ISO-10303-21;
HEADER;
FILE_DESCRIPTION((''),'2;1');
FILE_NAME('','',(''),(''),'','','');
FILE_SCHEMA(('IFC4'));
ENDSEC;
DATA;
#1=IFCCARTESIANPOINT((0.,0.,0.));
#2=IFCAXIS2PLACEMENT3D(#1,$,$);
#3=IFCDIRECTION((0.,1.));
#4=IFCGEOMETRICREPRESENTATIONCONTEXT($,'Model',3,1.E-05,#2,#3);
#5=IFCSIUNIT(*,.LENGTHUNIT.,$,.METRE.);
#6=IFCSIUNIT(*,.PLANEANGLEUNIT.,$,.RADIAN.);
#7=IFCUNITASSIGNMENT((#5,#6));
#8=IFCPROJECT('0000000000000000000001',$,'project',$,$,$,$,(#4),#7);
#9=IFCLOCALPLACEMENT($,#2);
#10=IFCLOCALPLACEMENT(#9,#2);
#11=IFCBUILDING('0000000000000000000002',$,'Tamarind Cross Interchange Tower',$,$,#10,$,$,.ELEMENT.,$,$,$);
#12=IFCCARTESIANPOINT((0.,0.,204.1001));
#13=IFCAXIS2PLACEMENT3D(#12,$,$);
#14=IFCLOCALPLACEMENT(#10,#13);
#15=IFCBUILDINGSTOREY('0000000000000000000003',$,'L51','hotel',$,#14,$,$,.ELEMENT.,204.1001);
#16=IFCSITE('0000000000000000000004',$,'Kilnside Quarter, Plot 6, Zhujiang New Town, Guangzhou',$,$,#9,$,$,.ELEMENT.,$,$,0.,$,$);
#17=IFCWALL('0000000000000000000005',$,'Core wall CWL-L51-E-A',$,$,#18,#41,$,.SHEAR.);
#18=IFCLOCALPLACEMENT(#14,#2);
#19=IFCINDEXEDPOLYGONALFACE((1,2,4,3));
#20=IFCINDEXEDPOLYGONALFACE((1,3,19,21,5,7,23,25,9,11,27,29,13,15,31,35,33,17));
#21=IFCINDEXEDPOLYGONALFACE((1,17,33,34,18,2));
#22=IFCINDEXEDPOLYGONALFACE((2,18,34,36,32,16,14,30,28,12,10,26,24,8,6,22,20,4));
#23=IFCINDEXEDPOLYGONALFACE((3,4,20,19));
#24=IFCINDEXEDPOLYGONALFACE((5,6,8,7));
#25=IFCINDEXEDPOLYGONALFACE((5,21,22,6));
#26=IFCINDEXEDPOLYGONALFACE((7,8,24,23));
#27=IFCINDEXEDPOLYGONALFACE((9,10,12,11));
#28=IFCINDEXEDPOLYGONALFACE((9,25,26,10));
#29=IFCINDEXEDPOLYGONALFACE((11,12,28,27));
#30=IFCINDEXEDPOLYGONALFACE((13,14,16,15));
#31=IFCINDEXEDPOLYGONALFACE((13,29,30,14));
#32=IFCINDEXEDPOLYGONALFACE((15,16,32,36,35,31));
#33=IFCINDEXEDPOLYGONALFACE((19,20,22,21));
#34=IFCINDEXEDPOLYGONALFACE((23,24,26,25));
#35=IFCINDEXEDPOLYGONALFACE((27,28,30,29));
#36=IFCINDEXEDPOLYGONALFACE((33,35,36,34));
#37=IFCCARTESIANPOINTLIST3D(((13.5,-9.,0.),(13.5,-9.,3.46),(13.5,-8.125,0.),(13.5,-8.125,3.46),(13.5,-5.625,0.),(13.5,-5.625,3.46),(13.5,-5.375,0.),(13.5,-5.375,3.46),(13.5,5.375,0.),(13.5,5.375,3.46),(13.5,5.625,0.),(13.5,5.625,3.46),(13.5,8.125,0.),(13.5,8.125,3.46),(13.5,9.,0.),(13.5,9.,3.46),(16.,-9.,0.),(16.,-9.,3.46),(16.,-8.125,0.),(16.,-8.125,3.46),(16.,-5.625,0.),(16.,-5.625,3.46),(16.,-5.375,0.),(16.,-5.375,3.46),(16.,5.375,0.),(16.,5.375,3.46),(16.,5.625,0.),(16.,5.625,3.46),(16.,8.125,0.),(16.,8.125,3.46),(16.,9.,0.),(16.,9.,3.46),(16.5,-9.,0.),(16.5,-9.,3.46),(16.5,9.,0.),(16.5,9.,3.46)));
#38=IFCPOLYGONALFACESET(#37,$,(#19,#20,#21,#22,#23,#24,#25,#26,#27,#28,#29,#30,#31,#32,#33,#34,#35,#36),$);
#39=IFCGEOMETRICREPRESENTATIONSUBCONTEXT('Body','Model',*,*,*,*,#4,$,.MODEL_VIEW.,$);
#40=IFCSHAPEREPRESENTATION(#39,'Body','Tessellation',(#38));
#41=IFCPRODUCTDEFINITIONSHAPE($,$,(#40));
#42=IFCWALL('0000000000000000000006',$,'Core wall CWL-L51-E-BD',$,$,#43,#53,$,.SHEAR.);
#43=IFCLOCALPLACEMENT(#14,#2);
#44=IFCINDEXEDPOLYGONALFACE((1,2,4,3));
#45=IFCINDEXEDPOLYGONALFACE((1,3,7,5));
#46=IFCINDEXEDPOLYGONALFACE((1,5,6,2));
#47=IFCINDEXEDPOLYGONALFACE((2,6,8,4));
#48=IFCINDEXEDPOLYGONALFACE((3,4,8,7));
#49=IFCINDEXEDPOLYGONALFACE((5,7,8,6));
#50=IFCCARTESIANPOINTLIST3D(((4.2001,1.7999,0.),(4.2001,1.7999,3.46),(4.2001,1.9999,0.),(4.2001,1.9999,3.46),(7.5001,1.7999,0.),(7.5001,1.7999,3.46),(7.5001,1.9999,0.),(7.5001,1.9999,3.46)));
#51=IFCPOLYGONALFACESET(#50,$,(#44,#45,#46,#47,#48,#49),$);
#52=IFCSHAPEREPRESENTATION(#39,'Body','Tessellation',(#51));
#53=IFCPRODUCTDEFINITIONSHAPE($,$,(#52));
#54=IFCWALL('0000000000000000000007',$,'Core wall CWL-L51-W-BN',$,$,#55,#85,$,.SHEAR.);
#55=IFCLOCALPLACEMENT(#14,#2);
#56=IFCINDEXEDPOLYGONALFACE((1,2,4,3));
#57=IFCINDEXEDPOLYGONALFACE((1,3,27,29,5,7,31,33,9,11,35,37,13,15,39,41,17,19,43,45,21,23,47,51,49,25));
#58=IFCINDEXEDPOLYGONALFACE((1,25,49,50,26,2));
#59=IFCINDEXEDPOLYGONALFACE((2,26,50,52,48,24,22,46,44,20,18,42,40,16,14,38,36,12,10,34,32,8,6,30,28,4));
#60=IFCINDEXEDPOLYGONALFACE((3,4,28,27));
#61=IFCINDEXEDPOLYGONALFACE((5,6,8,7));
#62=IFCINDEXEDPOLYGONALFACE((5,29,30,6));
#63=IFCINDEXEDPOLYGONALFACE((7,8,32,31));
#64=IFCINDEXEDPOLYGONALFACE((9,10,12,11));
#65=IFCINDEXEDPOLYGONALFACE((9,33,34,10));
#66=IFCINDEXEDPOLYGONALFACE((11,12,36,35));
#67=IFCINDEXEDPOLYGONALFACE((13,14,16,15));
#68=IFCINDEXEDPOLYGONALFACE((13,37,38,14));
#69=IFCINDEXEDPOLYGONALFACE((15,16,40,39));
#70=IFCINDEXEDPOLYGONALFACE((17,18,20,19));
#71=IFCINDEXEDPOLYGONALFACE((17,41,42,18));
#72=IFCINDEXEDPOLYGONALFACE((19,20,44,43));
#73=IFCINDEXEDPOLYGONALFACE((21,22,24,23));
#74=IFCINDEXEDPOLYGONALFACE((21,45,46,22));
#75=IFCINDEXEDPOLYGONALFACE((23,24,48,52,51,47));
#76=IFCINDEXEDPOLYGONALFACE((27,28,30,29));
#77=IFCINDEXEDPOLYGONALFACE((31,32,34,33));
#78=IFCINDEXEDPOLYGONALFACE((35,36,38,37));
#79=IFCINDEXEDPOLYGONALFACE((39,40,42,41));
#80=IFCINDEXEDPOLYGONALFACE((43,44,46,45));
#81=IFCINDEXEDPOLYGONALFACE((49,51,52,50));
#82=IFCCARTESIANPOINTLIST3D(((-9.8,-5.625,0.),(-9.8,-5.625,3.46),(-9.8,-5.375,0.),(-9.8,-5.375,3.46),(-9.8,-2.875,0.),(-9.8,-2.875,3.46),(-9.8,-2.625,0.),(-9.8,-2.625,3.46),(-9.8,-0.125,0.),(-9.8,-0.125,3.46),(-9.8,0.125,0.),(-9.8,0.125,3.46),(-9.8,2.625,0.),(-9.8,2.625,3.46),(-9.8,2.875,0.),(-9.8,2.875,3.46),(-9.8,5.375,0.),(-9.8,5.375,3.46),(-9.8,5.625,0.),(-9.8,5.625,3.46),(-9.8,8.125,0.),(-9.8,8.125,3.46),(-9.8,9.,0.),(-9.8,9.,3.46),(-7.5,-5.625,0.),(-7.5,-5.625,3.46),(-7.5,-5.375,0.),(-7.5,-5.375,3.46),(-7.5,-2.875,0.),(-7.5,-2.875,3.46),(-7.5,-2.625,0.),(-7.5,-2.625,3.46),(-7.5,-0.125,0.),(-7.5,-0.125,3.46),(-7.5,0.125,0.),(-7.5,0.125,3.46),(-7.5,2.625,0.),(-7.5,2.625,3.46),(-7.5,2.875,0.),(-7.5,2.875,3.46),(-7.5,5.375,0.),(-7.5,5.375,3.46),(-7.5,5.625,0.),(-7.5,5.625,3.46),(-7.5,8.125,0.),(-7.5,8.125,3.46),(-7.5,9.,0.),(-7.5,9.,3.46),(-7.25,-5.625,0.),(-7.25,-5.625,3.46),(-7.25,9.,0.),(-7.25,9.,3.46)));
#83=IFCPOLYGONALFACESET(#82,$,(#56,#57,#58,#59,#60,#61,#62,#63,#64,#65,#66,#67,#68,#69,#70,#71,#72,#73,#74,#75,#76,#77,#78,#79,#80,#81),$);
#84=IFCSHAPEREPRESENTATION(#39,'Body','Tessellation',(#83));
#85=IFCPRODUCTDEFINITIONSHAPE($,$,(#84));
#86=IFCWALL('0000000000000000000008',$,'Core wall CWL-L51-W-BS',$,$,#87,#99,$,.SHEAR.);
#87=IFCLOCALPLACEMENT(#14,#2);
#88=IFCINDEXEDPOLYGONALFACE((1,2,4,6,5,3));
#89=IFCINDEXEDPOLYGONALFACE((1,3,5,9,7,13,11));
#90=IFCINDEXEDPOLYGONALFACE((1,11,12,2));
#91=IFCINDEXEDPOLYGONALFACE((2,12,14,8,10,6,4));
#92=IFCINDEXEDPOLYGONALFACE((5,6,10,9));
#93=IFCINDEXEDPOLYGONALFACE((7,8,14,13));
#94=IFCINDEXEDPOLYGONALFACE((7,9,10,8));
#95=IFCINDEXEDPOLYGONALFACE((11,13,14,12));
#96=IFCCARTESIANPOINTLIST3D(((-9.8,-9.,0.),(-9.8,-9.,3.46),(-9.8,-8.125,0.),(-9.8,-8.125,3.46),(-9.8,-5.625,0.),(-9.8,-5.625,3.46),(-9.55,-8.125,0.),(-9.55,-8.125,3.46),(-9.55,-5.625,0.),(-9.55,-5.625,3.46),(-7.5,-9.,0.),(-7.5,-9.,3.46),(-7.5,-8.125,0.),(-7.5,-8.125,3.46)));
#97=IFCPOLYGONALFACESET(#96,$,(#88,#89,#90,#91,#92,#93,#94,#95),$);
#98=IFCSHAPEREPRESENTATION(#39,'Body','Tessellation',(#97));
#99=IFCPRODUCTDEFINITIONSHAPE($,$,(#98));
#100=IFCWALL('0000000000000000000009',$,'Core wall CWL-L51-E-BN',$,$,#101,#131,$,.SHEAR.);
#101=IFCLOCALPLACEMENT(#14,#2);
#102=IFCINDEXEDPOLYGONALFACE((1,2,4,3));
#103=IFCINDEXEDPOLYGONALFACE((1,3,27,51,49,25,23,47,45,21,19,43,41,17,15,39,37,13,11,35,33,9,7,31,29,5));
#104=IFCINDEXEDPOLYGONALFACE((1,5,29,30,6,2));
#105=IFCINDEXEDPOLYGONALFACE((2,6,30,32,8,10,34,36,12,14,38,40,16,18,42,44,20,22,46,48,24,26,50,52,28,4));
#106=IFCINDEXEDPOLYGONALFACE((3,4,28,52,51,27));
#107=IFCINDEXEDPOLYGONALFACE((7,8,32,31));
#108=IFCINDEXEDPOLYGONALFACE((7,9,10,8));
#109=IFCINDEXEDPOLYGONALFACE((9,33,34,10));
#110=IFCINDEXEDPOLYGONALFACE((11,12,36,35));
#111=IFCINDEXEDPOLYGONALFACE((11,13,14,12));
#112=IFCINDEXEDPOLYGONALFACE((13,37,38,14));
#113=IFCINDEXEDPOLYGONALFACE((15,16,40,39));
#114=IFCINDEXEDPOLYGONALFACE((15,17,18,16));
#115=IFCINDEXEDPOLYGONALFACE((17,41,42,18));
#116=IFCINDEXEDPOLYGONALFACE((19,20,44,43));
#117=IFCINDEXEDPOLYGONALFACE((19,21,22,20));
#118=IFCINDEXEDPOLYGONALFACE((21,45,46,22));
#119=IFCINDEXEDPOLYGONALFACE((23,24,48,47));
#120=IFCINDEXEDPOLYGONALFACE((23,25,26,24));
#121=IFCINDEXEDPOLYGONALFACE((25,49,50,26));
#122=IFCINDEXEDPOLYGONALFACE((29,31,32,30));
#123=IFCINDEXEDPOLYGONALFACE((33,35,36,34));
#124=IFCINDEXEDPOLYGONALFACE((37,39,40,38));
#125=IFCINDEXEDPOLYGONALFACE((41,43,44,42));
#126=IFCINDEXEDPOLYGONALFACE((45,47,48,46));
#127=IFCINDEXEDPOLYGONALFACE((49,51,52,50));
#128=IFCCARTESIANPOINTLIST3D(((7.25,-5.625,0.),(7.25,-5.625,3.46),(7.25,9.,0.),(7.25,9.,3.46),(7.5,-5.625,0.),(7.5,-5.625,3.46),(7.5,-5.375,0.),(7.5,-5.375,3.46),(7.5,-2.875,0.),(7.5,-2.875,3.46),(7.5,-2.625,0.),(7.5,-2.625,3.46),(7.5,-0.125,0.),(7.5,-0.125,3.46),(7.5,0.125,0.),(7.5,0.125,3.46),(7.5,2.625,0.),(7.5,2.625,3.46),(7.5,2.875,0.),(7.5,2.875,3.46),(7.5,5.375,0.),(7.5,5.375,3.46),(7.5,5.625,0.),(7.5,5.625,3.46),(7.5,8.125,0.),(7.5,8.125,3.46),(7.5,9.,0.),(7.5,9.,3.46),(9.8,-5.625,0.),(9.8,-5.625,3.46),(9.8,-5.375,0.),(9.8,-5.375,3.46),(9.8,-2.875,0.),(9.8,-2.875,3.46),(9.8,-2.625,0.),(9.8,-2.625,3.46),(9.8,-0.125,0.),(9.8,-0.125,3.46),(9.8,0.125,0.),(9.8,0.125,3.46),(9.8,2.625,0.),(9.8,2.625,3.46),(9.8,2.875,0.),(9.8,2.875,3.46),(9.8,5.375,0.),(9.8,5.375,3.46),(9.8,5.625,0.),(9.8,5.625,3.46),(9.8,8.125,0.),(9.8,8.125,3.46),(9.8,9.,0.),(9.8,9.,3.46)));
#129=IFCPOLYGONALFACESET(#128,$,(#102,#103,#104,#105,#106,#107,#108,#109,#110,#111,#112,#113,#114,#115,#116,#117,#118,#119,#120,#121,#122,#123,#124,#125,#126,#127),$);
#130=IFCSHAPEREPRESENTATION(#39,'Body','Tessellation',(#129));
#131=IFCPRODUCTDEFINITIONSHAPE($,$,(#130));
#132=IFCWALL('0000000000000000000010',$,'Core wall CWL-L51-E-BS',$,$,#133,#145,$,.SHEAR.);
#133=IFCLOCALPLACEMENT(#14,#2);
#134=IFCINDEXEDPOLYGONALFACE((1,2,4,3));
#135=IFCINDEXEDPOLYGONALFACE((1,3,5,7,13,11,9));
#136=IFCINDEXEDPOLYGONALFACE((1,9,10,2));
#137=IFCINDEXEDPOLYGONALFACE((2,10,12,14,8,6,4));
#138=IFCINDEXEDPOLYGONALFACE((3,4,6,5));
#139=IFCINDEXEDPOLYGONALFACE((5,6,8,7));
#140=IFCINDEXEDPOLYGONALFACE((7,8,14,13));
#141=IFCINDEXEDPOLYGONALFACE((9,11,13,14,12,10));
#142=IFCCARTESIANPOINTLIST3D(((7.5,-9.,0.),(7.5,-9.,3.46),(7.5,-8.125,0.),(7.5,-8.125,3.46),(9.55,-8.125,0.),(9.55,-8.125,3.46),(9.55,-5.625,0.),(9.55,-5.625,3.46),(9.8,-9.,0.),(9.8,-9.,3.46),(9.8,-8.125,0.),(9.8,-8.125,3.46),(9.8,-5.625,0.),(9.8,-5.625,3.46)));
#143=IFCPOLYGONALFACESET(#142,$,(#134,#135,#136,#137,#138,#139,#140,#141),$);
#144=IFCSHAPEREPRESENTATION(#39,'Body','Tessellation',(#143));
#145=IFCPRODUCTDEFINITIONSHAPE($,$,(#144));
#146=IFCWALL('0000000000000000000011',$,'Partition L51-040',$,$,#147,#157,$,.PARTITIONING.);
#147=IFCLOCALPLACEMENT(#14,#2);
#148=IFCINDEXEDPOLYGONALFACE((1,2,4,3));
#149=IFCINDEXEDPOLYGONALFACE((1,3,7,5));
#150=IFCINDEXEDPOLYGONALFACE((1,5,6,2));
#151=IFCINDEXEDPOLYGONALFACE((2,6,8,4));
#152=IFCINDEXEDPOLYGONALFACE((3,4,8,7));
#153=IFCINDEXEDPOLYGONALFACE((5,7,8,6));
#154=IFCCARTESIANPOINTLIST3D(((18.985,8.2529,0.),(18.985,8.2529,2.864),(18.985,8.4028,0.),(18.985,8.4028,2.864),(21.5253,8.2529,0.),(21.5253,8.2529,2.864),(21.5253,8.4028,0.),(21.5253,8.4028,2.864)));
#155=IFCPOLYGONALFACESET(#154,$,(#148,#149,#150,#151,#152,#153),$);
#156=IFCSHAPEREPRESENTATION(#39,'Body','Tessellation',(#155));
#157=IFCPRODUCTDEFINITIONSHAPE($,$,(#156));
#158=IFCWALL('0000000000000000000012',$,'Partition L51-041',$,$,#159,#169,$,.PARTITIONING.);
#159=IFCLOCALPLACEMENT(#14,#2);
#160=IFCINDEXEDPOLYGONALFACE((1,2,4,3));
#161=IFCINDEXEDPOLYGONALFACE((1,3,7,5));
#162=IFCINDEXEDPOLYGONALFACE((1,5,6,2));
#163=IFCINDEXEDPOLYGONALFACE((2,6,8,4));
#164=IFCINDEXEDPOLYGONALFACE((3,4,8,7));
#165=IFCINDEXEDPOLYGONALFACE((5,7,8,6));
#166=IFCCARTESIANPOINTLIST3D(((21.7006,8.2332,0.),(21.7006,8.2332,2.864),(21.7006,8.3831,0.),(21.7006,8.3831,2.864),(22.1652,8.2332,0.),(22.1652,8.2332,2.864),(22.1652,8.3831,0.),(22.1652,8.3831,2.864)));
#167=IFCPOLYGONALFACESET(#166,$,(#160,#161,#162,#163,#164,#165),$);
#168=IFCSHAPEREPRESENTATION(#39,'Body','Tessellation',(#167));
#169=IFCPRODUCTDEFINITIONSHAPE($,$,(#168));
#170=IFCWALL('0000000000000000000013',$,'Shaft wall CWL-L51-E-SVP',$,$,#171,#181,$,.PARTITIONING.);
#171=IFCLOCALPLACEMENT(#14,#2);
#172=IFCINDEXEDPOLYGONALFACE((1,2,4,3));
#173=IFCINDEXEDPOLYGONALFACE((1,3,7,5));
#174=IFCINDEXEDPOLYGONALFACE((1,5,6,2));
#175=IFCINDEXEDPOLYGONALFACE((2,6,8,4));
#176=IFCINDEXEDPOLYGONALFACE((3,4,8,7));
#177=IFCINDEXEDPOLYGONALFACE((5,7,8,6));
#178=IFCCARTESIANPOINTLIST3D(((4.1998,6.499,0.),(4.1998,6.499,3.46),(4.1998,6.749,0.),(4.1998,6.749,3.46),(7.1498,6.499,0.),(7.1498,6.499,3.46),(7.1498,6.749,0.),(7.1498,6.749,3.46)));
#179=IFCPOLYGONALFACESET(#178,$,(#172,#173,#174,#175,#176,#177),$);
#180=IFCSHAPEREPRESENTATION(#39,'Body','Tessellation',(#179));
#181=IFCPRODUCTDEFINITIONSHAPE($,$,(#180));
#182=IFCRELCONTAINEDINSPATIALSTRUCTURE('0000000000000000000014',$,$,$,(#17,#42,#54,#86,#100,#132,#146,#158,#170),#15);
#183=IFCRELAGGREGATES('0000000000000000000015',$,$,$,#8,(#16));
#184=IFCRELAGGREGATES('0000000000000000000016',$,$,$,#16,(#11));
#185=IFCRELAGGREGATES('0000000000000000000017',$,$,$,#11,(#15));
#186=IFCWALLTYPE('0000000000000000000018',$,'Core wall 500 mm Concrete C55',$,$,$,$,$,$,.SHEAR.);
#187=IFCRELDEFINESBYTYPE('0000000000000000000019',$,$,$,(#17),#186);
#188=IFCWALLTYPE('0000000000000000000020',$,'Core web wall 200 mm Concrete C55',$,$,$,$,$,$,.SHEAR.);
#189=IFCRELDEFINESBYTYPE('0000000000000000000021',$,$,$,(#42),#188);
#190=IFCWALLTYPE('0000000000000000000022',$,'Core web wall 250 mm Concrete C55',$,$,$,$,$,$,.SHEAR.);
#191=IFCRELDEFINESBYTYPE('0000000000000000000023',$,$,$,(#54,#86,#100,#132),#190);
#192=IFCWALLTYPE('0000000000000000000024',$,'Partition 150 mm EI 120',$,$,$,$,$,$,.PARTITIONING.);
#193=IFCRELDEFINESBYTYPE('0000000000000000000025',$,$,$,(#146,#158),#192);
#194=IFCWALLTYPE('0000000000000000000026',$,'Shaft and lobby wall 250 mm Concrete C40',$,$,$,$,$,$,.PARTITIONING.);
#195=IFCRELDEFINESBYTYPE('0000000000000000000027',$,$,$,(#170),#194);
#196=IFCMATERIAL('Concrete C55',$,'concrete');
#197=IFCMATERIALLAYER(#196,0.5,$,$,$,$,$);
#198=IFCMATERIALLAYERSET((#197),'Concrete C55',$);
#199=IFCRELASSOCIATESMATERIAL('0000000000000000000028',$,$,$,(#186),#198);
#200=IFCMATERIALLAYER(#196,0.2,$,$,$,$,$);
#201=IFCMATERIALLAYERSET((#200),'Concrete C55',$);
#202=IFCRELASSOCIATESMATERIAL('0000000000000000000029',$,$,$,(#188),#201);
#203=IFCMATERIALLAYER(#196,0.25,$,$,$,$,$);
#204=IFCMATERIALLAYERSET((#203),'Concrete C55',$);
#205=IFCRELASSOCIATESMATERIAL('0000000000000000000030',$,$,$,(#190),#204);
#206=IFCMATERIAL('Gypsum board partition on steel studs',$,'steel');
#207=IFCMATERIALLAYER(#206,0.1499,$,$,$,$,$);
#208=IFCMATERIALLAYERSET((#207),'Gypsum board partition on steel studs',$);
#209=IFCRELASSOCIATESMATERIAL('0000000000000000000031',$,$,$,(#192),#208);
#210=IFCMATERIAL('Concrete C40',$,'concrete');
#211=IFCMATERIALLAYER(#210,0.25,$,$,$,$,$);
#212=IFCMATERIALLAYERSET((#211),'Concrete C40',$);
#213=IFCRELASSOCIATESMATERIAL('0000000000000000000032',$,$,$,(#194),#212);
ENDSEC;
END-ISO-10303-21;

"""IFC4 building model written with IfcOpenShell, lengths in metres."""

from ifc_helpers import new_model, si_unit, direction, frame, frame_2d, origin, place, context, subcontext, project, spatial, polyline, rectangle, outline, extrude, material, layer, layer_set, type_object, element, save


model = new_model("IFC4")

# Units and contexts
model_context = context("Model", 3, precision=1e-05, world=origin(), true_north=direction((0.0, 1.0)))
body_context = subcontext(model_context, "Body", "Model", "MODEL_VIEW")
ifc_project = project(units=[si_unit("LENGTHUNIT", "METRE"), si_unit("PLANEANGLEUNIT", "RADIAN")], contexts=[model_context])

# Site, building, storey
site_placement = place(None, origin())
site = spatial("IfcSite", under=ifc_project, at=site_placement, Name="Kilnside Quarter, Plot 6, Zhujiang New Town, Guangzhou", CompositionType="ELEMENT", RefElevation=0.0)
building_placement = place(site_placement, origin())
building = spatial("IfcBuilding", under=site, at=building_placement, Name="Tamarind Cross Interchange Tower", CompositionType="ELEMENT")
storey_placement = place(building_placement, frame((0.0, 0.0, 204.1001)))
storey = spatial("IfcBuildingStorey", under=building, at=storey_placement, Name="L51", Description="hotel", CompositionType="ELEMENT", Elevation=204.1001)

# Shared definitions
ifc_material_1 = material(Name="Concrete C55", Category="concrete")

# Shared definitions
ifc_material_2 = material(Name="Concrete C40", Category="concrete")

# Walls
ifc_layer_1 = layer(ifc_material_1, 0.5)
ifc_layer_set_1 = layer_set([ifc_layer_1], Name="Concrete C55")
wall_type_1 = type_object("IfcWallType", Name="Core wall 500 mm Concrete C55", PredefinedType="SHEAR", material=ifc_layer_set_1)
wall_1_placement = place(storey_placement, origin())
element("IfcWall", 1, at=wall_1_placement, inside=storey, type_object=wall_type_1, Name="Core wall CWL-L51-E-A", PredefinedType="SHEAR", context=body_context, shape_type="SweptSolid", body=[
    extrude(outline(polyline([(13.5, -8.125), (13.5, -9.0), (16.0, -9.0), (16.5, -9.0), (16.5, 9.0), (16.0, 9.0), (13.5, 9.0), (13.5, 8.125), (16.0, 8.125), (16.0, 5.625), (13.5, 5.625), (13.5, 5.375), (16.0, 5.375), (16.0, -5.375), (13.5, -5.375), (13.5, -5.625), (16.0, -5.625), (16.0, -8.125), (13.5, -8.125)])), origin(), (0.0, 0.0, 1.0), 3.46),
])
ifc_layer_2 = layer(ifc_material_1, 0.2)
ifc_layer_set_2 = layer_set([ifc_layer_2], Name="Concrete C55")
wall_type_2 = type_object("IfcWallType", Name="Core web wall 200 mm Concrete C55", PredefinedType="SHEAR", material=ifc_layer_set_2)
wall_2_placement = place(storey_placement, frame((7.5, 1.8999, 0.0), z_axis=(0.0, 0.0, 1.0), x_axis=(-1.0, 0.0, 0.0)))
element("IfcWall", 2, at=wall_2_placement, inside=storey, type_object=wall_type_2, Name="Core wall CWL-L51-E-BD", PredefinedType="SHEAR", context=body_context, shape_type="SweptSolid", body=[
    extrude(rectangle(XDim=3.3, YDim=0.2, at=frame_2d((1.6499, 0.0))), origin(), (0.0, 0.0, 1.0), 3.46),
])
ifc_layer_3 = layer(ifc_material_1, 0.25)
ifc_layer_set_3 = layer_set([ifc_layer_3], Name="Concrete C55")
wall_type_3 = type_object("IfcWallType", Name="Core web wall 250 mm Concrete C55", PredefinedType="SHEAR", material=ifc_layer_set_3)
wall_3_placement = place(storey_placement, origin())
element("IfcWall", 3, at=wall_3_placement, inside=storey, type_object=wall_type_3, Name="Core wall CWL-L51-W-BN", PredefinedType="SHEAR", context=body_context, shape_type="SweptSolid", body=[
    extrude(outline(polyline([(-9.8, -5.375), (-9.8, -5.625), (-7.5, -5.625), (-7.25, -5.625), (-7.25, 9.0), (-7.5, 9.0), (-9.8, 9.0), (-9.8, 8.125), (-7.5, 8.125), (-7.5, 5.625), (-9.8, 5.625), (-9.8, 5.375), (-7.5, 5.375), (-7.5, 2.875), (-9.8, 2.875), (-9.8, 2.625), (-7.5, 2.625), (-7.5, 0.125), (-9.8, 0.125), (-9.8, -0.125), (-7.5, -0.125), (-7.5, -2.625), (-9.8, -2.625), (-9.8, -2.875), (-7.5, -2.875), (-7.5, -5.375), (-9.8, -5.375)])), origin(), (0.0, 0.0, 1.0), 3.46),
])
wall_4_placement = place(storey_placement, origin())
element("IfcWall", 4, at=wall_4_placement, inside=storey, type_object=wall_type_3, Name="Core wall CWL-L51-W-BS", PredefinedType="SHEAR", context=body_context, shape_type="SweptSolid", body=[
    extrude(outline(polyline([(-7.5, -8.125), (-9.55, -8.125), (-9.55, -5.625), (-9.8, -5.625), (-9.8, -8.125), (-9.8, -9.0), (-7.5, -9.0), (-7.5, -8.125)])), origin(), (0.0, 0.0, 1.0), 3.46),
])
wall_5_placement = place(storey_placement, origin())
element("IfcWall", 5, at=wall_5_placement, inside=storey, type_object=wall_type_3, Name="Core wall CWL-L51-E-BN", PredefinedType="SHEAR", context=body_context, shape_type="SweptSolid", body=[
    extrude(outline(polyline([(9.8, -5.375), (7.5, -5.375), (7.5, -2.875), (9.8, -2.875), (9.8, -2.625), (7.5, -2.625), (7.5, -0.125), (9.8, -0.125), (9.8, 0.125), (7.5, 0.125), (7.5, 2.625), (9.8, 2.625), (9.8, 2.875), (7.5, 2.875), (7.5, 5.375), (9.8, 5.375), (9.8, 5.625), (7.5, 5.625), (7.5, 8.125), (9.8, 8.125), (9.8, 9.0), (7.5, 9.0), (7.25, 9.0), (7.25, -5.625), (7.5, -5.625), (9.8, -5.625), (9.8, -5.375)])), origin(), (0.0, 0.0, 1.0), 3.46),
])
wall_6_placement = place(storey_placement, origin())
element("IfcWall", 6, at=wall_6_placement, inside=storey, type_object=wall_type_3, Name="Core wall CWL-L51-E-BS", PredefinedType="SHEAR", context=body_context, shape_type="SweptSolid", body=[
    extrude(outline(polyline([(7.5, -8.125), (7.5, -9.0), (9.8, -9.0), (9.8, -8.125), (9.8, -5.625), (9.55, -5.625), (9.55, -8.125), (7.5, -8.125)])), origin(), (0.0, 0.0, 1.0), 3.46),
])
ifc_material_3 = material(Name="Gypsum board partition on steel studs", Category="steel")
ifc_layer_4 = layer(ifc_material_3, 0.1499)
ifc_layer_set_4 = layer_set([ifc_layer_4], Name="Gypsum board partition on steel studs")
wall_type_4 = type_object("IfcWallType", Name="Partition 150 mm EI 120", PredefinedType="PARTITIONING", material=ifc_layer_set_4)
wall_7_placement = place(storey_placement, frame((18.9851, 8.3279, 0.0), z_axis=(0.0, 0.0, 1.0), x_axis=(1.0, 0.0, 0.0)))
element("IfcWall", 7, at=wall_7_placement, inside=storey, type_object=wall_type_4, Name="Partition L51-040", PredefinedType="PARTITIONING", context=body_context, shape_type="SweptSolid", body=[
    extrude(rectangle(XDim=2.5403, YDim=0.1499, at=frame_2d((1.27, 0.0))), origin(), (0.0, 0.0, 1.0), 2.864),
])
wall_8_placement = place(storey_placement, frame((21.7004, 8.3081, 0.0), z_axis=(0.0, 0.0, 1.0), x_axis=(1.0, 0.0, 0.0)))
element("IfcWall", 8, at=wall_8_placement, inside=storey, type_object=wall_type_4, Name="Partition L51-041", PredefinedType="PARTITIONING", context=body_context, shape_type="SweptSolid", body=[
    extrude(rectangle(XDim=0.4646, YDim=0.1499, at=frame_2d((0.2324, 0.0))), origin(), (0.0, 0.0, 1.0), 2.864),
])
ifc_layer_5 = layer(ifc_material_2, 0.25)
ifc_layer_set_5 = layer_set([ifc_layer_5], Name="Concrete C40")
wall_type_5 = type_object("IfcWallType", Name="Shaft and lobby wall 250 mm Concrete C40", PredefinedType="PARTITIONING", material=ifc_layer_set_5)
wall_9_placement = place(storey_placement, frame((7.1499, 6.624, 0.0), z_axis=(0.0, 0.0, 1.0), x_axis=(-1.0, 0.0, 0.0)))
element("IfcWall", 9, at=wall_9_placement, inside=storey, type_object=wall_type_5, Name="Shaft wall CWL-L51-E-SVP", PredefinedType="PARTITIONING", context=body_context, shape_type="SweptSolid", body=[
    extrude(rectangle(XDim=2.95, YDim=0.25, at=frame_2d((1.4751, 0.0))), origin(), (0.0, 0.0, 1.0), 3.46),
])

save(model, "model.ifc")
